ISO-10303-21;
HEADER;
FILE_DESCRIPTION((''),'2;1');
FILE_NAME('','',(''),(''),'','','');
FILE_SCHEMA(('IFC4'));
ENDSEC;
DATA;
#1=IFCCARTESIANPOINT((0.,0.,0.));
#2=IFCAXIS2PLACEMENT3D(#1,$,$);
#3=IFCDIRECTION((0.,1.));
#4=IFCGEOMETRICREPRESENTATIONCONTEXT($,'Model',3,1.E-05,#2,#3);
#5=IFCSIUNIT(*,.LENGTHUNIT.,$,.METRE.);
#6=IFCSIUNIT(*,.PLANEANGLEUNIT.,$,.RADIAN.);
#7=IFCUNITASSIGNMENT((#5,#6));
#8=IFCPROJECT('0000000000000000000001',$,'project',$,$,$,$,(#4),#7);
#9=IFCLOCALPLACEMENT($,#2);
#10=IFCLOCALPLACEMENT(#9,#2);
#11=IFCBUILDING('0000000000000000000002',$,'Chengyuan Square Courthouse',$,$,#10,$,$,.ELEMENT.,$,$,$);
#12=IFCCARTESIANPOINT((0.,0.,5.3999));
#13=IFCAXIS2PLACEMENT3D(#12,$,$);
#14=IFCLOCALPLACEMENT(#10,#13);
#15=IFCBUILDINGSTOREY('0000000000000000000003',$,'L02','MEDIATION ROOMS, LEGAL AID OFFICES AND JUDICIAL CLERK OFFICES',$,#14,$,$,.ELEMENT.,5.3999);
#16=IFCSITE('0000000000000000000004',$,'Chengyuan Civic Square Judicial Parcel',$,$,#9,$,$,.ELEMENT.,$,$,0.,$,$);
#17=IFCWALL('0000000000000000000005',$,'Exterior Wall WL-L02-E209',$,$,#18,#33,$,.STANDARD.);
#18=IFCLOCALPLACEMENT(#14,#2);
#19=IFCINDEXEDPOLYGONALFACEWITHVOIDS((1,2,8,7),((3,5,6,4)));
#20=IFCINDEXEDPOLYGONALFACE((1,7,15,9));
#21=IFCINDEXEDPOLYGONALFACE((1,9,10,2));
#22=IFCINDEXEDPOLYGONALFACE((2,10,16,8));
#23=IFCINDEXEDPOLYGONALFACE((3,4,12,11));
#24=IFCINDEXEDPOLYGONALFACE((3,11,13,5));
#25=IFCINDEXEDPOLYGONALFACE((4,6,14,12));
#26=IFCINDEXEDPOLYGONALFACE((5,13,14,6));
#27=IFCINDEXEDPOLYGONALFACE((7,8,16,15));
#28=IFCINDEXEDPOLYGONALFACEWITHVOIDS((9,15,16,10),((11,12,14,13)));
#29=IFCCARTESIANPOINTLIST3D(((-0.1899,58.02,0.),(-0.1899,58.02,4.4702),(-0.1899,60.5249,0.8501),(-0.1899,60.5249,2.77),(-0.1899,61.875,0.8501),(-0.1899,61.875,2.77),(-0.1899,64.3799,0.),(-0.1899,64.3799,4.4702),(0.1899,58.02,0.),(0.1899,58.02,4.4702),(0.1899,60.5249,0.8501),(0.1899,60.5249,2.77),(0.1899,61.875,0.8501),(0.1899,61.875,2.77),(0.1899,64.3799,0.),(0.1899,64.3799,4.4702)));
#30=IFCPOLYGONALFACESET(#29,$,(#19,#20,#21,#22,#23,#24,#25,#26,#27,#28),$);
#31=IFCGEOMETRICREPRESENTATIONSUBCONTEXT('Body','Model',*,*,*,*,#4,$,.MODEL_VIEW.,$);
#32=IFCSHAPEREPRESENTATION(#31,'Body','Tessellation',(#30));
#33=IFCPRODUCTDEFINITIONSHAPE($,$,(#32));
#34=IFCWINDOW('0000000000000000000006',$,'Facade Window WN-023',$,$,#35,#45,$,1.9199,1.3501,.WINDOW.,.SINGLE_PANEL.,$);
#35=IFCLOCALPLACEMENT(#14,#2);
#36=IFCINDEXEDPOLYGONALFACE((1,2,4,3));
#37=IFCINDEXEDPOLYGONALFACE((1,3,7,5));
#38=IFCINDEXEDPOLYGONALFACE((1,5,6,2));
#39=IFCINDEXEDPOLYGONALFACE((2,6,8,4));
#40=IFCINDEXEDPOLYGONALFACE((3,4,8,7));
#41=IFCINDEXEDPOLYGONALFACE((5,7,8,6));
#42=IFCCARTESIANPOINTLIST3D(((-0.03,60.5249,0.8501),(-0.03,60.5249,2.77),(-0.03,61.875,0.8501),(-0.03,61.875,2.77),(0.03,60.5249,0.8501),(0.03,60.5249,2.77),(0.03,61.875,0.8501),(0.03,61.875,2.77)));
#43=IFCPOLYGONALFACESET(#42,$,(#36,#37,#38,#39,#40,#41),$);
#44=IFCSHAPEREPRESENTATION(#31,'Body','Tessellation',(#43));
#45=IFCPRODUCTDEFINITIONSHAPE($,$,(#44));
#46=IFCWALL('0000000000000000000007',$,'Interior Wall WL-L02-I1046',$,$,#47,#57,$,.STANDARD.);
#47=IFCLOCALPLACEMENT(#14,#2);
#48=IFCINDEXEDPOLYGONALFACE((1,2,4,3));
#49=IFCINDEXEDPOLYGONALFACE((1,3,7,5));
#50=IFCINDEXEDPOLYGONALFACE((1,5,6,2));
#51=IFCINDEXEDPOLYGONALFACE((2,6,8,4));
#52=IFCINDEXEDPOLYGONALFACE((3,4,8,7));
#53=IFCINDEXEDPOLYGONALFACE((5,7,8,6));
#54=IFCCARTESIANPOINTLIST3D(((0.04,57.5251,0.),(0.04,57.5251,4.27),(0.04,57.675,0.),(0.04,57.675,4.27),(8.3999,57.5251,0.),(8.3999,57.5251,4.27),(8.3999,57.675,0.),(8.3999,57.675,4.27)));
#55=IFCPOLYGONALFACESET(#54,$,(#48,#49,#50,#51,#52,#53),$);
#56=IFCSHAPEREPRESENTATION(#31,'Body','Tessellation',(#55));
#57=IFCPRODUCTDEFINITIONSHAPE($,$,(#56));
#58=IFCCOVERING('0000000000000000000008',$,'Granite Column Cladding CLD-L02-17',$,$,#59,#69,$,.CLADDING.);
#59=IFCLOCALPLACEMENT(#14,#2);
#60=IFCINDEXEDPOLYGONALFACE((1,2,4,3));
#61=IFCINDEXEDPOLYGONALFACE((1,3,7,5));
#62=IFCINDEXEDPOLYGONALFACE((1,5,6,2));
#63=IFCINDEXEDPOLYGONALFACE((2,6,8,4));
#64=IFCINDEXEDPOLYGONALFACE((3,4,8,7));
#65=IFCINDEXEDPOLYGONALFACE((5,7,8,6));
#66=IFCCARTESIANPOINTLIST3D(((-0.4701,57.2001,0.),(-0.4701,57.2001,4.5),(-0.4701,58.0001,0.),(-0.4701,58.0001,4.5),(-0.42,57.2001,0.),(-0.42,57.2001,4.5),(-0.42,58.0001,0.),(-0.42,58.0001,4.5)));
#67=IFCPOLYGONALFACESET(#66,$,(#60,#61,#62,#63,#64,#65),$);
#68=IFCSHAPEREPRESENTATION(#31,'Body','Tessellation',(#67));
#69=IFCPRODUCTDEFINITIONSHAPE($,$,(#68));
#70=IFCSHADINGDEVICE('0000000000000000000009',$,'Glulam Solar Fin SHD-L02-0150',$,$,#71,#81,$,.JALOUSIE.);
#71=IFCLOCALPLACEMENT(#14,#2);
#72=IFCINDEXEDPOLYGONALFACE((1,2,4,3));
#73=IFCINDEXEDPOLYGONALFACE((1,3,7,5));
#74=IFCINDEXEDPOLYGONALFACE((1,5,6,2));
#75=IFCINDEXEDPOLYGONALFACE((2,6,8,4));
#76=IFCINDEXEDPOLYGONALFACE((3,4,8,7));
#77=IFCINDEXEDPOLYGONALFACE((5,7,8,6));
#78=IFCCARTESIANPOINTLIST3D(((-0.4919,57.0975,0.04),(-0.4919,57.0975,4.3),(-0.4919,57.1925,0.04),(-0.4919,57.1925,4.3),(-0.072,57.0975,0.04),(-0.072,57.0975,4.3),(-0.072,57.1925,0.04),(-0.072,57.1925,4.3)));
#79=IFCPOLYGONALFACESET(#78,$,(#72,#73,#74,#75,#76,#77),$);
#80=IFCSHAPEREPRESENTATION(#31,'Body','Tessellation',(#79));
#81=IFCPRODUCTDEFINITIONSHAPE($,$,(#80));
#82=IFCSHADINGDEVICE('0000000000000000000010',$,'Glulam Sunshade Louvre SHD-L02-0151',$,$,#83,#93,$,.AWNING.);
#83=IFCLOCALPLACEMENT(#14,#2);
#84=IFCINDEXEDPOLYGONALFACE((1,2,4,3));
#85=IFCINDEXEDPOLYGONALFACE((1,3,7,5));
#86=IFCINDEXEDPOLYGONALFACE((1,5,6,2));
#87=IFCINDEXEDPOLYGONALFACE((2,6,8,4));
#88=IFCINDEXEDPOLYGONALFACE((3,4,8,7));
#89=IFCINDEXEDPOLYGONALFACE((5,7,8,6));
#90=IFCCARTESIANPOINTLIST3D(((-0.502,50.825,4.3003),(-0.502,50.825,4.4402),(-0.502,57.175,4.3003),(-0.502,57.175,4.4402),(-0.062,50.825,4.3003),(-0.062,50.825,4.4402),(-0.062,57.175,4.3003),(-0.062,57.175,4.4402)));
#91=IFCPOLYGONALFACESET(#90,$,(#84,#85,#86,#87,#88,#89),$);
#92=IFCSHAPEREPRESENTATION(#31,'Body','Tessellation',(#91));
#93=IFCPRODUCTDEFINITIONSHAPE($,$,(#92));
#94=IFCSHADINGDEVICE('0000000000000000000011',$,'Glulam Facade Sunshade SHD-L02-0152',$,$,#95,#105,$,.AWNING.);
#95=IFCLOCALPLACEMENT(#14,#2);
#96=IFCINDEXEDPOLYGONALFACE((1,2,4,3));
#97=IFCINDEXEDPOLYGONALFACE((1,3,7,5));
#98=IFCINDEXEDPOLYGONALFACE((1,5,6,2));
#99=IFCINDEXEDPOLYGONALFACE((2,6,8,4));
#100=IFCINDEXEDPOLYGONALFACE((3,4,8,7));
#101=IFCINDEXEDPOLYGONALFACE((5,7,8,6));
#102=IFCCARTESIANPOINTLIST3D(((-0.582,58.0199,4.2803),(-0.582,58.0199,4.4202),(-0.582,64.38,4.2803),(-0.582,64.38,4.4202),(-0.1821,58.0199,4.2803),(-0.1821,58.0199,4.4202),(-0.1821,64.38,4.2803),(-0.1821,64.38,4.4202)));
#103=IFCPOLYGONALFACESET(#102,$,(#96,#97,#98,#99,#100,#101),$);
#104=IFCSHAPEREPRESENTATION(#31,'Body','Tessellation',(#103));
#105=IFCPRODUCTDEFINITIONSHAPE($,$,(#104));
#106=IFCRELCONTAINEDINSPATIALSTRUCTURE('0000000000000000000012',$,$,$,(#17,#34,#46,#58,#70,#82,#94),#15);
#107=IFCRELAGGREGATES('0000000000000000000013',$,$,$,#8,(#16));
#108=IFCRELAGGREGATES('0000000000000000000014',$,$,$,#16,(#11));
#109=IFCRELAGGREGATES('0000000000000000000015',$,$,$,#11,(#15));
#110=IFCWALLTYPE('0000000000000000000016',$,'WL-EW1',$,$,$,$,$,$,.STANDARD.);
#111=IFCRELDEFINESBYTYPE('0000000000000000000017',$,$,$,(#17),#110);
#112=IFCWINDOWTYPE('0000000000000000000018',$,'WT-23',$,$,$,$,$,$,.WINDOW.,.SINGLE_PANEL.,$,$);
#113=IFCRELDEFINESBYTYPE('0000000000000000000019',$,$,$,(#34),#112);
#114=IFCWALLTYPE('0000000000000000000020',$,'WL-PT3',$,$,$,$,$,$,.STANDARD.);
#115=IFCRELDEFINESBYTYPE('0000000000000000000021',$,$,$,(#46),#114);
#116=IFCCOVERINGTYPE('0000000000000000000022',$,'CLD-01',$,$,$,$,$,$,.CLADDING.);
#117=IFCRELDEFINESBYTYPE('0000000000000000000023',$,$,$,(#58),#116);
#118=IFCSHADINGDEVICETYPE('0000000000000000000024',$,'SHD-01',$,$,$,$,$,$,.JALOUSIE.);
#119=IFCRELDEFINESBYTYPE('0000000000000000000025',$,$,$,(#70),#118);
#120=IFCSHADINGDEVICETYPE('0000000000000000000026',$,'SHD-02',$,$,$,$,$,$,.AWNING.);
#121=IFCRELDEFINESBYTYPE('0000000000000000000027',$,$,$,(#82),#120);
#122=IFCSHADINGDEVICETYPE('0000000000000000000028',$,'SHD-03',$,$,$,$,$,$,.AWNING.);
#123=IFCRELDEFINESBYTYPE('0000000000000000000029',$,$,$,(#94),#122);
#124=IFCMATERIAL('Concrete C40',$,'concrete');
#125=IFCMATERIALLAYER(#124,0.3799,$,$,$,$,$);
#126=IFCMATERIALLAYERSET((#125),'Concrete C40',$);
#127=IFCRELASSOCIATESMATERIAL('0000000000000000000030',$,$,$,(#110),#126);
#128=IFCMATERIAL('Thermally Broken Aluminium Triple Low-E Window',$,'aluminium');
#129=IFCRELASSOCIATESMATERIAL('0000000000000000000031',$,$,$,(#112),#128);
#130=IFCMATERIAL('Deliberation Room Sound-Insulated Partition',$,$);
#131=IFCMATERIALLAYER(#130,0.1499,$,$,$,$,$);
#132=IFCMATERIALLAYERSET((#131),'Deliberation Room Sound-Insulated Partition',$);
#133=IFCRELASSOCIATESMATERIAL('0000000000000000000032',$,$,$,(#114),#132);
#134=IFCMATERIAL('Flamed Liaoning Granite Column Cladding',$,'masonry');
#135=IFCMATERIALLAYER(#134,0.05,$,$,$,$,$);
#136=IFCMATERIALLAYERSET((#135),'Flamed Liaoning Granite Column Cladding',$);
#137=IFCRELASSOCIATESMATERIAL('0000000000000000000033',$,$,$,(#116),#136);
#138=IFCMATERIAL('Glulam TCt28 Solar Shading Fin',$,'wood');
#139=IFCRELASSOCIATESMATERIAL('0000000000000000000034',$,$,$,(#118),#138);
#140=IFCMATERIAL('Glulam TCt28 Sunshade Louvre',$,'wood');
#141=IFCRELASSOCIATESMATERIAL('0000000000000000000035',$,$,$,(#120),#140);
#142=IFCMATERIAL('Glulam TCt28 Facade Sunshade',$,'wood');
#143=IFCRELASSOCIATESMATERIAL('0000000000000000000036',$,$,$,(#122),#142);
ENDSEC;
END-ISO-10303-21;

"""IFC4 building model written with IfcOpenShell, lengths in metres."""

from ifc_helpers import new_model, si_unit, direction, frame, frame_2d, origin, origin_2d, place, context, subcontext, project, spatial, rectangle, extrude, material, layer, layer_set, type_object, element, fill, save


model = new_model("IFC4")

# Units and contexts
model_context = context("Model", 3, precision=1e-05, world=origin(), true_north=direction((0.0, 1.0)))
body_context = subcontext(model_context, "Body", "Model", "MODEL_VIEW")
ifc_project = project(units=[si_unit("LENGTHUNIT", "METRE"), si_unit("PLANEANGLEUNIT", "RADIAN")], contexts=[model_context])

# Site, building, storey
site_placement = place(None, origin())
site = spatial("IfcSite", under=ifc_project, at=site_placement, Name="Chengyuan Civic Square Judicial Parcel", CompositionType="ELEMENT", RefElevation=0.0)
building_placement = place(site_placement, origin())
building = spatial("IfcBuilding", under=site, at=building_placement, Name="Chengyuan Square Courthouse", CompositionType="ELEMENT")
storey_placement = place(building_placement, frame((0.0, 0.0, 5.3999)))
storey = spatial("IfcBuildingStorey", under=building, at=storey_placement, Name="L02", Description="MEDIATION ROOMS, LEGAL AID OFFICES AND JUDICIAL CLERK OFFICES", CompositionType="ELEMENT", Elevation=5.3999)

# Shared definitions
ifc_material_1 = material(Name="Concrete C40", Category="concrete")

# Wall, opening, window
ifc_layer_1 = layer(ifc_material_1, 0.3799)
ifc_layer_set_1 = layer_set([ifc_layer_1], Name="Concrete C40")
wall_type_1 = type_object("IfcWallType", Name="WL-EW1", PredefinedType="STANDARD", material=ifc_layer_set_1)
wall_1_placement = place(storey_placement, frame((0.0, 58.02, 0.0), z_axis=(0.0, 0.0, 1.0), x_axis=(0.0, 1.0, 0.0)))
wall_1 = element("IfcWall", 1, at=wall_1_placement, inside=storey, type_object=wall_type_1, Name="Exterior Wall WL-L02-E209", PredefinedType="STANDARD", context=body_context, shape_type="SweptSolid", body=[
    extrude(rectangle(XDim=6.3599, YDim=0.3799, at=frame_2d((3.1799, 0.0))), origin(), (0.0, 0.0, 1.0), 4.4702),
])
opening_placement = place(wall_1_placement, frame((2.5049, 0.0, 0.8501)))
opening = element("IfcOpeningElement", 2, at=opening_placement, cuts=wall_1, PredefinedType="OPENING", context=body_context, shape_type="SweptSolid", body=[
    extrude(rectangle(XDim=1.3501, YDim=1.9199, at=frame_2d((0.675, 0.96))), frame((0.0, 0.2019, 0.0), z_axis=(0.0, -1.0, 0.0), x_axis=(1.0, 0.0, 0.0)), (0.0, 0.0, 1.0), 0.4038),
])
ifc_material_2 = material(Name="Thermally Broken Aluminium Triple Low-E Window", Category="aluminium")
window_type = type_object("IfcWindowType", Name="WT-23", PartitioningType="SINGLE_PANEL", PredefinedType="WINDOW", material=ifc_material_2)
window_placement = place(opening_placement, origin())
window = element("IfcWindow", 3, at=window_placement, inside=storey, type_object=window_type, Name="Facade Window WN-023", OverallHeight=1.9199, OverallWidth=1.3501, PartitioningType="SINGLE_PANEL", PredefinedType="WINDOW", context=body_context, shape_type="SweptSolid", body=[
    extrude(rectangle(XDim=1.3501, YDim=1.9199, at=frame_2d((0.675, 0.96))), frame((0.0, 0.03, 0.0), z_axis=(0.0, -1.0, 0.0), x_axis=(1.0, 0.0, 0.0)), (0.0, 0.0, 1.0), 0.0601),
])
fill(opening, window)

# Wall
ifc_material_3 = material(Name="Deliberation Room Sound-Insulated Partition")
ifc_layer_2 = layer(ifc_material_3, 0.1499)
ifc_layer_set_2 = layer_set([ifc_layer_2], Name="Deliberation Room Sound-Insulated Partition")
wall_type_2 = type_object("IfcWallType", Name="WL-PT3", PredefinedType="STANDARD", material=ifc_layer_set_2)
wall_2_placement = place(storey_placement, frame((0.04, 57.6001, 0.0), z_axis=(0.0, 0.0, 1.0), x_axis=(1.0, 0.0, 0.0)))
element("IfcWall", 4, at=wall_2_placement, inside=storey, type_object=wall_type_2, Name="Interior Wall WL-L02-I1046", PredefinedType="STANDARD", context=body_context, shape_type="SweptSolid", body=[
    extrude(rectangle(XDim=8.3599, YDim=0.1499, at=frame_2d((4.1799, 0.0))), origin(), (0.0, 0.0, 1.0), 4.27),
])

# Covering
ifc_material_4 = material(Name="Flamed Liaoning Granite Column Cladding", Category="masonry")
ifc_layer_3 = layer(ifc_material_4, 0.05)
ifc_layer_set_3 = layer_set([ifc_layer_3], Name="Flamed Liaoning Granite Column Cladding")
covering_type = type_object("IfcCoveringType", Name="CLD-01", PredefinedType="CLADDING", material=ifc_layer_set_3)
covering_placement = place(storey_placement, frame((-0.4451, 57.6001, 0.0), z_axis=(0.0, 0.0, 1.0), x_axis=(1.0, 0.0, 0.0)))
element("IfcCovering", 5, at=covering_placement, inside=storey, type_object=covering_type, Name="Granite Column Cladding CLD-L02-17", PredefinedType="CLADDING", context=body_context, shape_type="SweptSolid", body=[
    extrude(rectangle(XDim=0.05, YDim=0.8, at=origin_2d()), origin(), (0.0, 0.0, 1.0), 4.5),
])

# Shading devices
ifc_material_5 = material(Name="Glulam TCt28 Solar Shading Fin", Category="wood")
shading_device_type_1 = type_object("IfcShadingDeviceType", Name="SHD-01", PredefinedType="JALOUSIE", material=ifc_material_5)
shading_device_1_placement = place(storey_placement, frame((-0.282, 57.145, 0.04), z_axis=(0.0, 0.0, 1.0), x_axis=(1.0, 0.0, 0.0)))
element("IfcShadingDevice", 6, at=shading_device_1_placement, inside=storey, type_object=shading_device_type_1, Name="Glulam Solar Fin SHD-L02-0150", PredefinedType="JALOUSIE", context=body_context, shape_type="SweptSolid", body=[
    extrude(rectangle(XDim=0.4199, YDim=0.095, at=origin_2d()), origin(), (0.0, 0.0, 1.0), 4.26),
])
ifc_material_6 = material(Name="Glulam TCt28 Sunshade Louvre", Category="wood")
shading_device_type_2 = type_object("IfcShadingDeviceType", Name="SHD-02", PredefinedType="AWNING", material=ifc_material_6)
shading_device_2_placement = place(storey_placement, frame((-0.282, 54.0, 4.3003), z_axis=(0.0, 0.0, 1.0), x_axis=(0.0, 1.0, 0.0)))
element("IfcShadingDevice", 7, at=shading_device_2_placement, inside=storey, type_object=shading_device_type_2, Name="Glulam Sunshade Louvre SHD-L02-0151", PredefinedType="AWNING", context=body_context, shape_type="SweptSolid", body=[
    extrude(rectangle(XDim=6.3501, YDim=0.4399, at=origin_2d()), origin(), (0.0, 0.0, 1.0), 0.1399),
])
ifc_material_7 = material(Name="Glulam TCt28 Facade Sunshade", Category="wood")
shading_device_type_3 = type_object("IfcShadingDeviceType", Name="SHD-03", PredefinedType="AWNING", material=ifc_material_7)
shading_device_3_placement = place(storey_placement, frame((-0.3821, 61.2, 4.2803), z_axis=(0.0, 0.0, 1.0), x_axis=(0.0, 1.0, 0.0)))
element("IfcShadingDevice", 8, at=shading_device_3_placement, inside=storey, type_object=shading_device_type_3, Name="Glulam Facade Sunshade SHD-L02-0152", PredefinedType="AWNING", context=body_context, shape_type="SweptSolid", body=[
    extrude(rectangle(XDim=6.3601, YDim=0.3999, at=origin_2d()), origin(), (0.0, 0.0, 1.0), 0.1399),
])

save(model, "model.ifc")
